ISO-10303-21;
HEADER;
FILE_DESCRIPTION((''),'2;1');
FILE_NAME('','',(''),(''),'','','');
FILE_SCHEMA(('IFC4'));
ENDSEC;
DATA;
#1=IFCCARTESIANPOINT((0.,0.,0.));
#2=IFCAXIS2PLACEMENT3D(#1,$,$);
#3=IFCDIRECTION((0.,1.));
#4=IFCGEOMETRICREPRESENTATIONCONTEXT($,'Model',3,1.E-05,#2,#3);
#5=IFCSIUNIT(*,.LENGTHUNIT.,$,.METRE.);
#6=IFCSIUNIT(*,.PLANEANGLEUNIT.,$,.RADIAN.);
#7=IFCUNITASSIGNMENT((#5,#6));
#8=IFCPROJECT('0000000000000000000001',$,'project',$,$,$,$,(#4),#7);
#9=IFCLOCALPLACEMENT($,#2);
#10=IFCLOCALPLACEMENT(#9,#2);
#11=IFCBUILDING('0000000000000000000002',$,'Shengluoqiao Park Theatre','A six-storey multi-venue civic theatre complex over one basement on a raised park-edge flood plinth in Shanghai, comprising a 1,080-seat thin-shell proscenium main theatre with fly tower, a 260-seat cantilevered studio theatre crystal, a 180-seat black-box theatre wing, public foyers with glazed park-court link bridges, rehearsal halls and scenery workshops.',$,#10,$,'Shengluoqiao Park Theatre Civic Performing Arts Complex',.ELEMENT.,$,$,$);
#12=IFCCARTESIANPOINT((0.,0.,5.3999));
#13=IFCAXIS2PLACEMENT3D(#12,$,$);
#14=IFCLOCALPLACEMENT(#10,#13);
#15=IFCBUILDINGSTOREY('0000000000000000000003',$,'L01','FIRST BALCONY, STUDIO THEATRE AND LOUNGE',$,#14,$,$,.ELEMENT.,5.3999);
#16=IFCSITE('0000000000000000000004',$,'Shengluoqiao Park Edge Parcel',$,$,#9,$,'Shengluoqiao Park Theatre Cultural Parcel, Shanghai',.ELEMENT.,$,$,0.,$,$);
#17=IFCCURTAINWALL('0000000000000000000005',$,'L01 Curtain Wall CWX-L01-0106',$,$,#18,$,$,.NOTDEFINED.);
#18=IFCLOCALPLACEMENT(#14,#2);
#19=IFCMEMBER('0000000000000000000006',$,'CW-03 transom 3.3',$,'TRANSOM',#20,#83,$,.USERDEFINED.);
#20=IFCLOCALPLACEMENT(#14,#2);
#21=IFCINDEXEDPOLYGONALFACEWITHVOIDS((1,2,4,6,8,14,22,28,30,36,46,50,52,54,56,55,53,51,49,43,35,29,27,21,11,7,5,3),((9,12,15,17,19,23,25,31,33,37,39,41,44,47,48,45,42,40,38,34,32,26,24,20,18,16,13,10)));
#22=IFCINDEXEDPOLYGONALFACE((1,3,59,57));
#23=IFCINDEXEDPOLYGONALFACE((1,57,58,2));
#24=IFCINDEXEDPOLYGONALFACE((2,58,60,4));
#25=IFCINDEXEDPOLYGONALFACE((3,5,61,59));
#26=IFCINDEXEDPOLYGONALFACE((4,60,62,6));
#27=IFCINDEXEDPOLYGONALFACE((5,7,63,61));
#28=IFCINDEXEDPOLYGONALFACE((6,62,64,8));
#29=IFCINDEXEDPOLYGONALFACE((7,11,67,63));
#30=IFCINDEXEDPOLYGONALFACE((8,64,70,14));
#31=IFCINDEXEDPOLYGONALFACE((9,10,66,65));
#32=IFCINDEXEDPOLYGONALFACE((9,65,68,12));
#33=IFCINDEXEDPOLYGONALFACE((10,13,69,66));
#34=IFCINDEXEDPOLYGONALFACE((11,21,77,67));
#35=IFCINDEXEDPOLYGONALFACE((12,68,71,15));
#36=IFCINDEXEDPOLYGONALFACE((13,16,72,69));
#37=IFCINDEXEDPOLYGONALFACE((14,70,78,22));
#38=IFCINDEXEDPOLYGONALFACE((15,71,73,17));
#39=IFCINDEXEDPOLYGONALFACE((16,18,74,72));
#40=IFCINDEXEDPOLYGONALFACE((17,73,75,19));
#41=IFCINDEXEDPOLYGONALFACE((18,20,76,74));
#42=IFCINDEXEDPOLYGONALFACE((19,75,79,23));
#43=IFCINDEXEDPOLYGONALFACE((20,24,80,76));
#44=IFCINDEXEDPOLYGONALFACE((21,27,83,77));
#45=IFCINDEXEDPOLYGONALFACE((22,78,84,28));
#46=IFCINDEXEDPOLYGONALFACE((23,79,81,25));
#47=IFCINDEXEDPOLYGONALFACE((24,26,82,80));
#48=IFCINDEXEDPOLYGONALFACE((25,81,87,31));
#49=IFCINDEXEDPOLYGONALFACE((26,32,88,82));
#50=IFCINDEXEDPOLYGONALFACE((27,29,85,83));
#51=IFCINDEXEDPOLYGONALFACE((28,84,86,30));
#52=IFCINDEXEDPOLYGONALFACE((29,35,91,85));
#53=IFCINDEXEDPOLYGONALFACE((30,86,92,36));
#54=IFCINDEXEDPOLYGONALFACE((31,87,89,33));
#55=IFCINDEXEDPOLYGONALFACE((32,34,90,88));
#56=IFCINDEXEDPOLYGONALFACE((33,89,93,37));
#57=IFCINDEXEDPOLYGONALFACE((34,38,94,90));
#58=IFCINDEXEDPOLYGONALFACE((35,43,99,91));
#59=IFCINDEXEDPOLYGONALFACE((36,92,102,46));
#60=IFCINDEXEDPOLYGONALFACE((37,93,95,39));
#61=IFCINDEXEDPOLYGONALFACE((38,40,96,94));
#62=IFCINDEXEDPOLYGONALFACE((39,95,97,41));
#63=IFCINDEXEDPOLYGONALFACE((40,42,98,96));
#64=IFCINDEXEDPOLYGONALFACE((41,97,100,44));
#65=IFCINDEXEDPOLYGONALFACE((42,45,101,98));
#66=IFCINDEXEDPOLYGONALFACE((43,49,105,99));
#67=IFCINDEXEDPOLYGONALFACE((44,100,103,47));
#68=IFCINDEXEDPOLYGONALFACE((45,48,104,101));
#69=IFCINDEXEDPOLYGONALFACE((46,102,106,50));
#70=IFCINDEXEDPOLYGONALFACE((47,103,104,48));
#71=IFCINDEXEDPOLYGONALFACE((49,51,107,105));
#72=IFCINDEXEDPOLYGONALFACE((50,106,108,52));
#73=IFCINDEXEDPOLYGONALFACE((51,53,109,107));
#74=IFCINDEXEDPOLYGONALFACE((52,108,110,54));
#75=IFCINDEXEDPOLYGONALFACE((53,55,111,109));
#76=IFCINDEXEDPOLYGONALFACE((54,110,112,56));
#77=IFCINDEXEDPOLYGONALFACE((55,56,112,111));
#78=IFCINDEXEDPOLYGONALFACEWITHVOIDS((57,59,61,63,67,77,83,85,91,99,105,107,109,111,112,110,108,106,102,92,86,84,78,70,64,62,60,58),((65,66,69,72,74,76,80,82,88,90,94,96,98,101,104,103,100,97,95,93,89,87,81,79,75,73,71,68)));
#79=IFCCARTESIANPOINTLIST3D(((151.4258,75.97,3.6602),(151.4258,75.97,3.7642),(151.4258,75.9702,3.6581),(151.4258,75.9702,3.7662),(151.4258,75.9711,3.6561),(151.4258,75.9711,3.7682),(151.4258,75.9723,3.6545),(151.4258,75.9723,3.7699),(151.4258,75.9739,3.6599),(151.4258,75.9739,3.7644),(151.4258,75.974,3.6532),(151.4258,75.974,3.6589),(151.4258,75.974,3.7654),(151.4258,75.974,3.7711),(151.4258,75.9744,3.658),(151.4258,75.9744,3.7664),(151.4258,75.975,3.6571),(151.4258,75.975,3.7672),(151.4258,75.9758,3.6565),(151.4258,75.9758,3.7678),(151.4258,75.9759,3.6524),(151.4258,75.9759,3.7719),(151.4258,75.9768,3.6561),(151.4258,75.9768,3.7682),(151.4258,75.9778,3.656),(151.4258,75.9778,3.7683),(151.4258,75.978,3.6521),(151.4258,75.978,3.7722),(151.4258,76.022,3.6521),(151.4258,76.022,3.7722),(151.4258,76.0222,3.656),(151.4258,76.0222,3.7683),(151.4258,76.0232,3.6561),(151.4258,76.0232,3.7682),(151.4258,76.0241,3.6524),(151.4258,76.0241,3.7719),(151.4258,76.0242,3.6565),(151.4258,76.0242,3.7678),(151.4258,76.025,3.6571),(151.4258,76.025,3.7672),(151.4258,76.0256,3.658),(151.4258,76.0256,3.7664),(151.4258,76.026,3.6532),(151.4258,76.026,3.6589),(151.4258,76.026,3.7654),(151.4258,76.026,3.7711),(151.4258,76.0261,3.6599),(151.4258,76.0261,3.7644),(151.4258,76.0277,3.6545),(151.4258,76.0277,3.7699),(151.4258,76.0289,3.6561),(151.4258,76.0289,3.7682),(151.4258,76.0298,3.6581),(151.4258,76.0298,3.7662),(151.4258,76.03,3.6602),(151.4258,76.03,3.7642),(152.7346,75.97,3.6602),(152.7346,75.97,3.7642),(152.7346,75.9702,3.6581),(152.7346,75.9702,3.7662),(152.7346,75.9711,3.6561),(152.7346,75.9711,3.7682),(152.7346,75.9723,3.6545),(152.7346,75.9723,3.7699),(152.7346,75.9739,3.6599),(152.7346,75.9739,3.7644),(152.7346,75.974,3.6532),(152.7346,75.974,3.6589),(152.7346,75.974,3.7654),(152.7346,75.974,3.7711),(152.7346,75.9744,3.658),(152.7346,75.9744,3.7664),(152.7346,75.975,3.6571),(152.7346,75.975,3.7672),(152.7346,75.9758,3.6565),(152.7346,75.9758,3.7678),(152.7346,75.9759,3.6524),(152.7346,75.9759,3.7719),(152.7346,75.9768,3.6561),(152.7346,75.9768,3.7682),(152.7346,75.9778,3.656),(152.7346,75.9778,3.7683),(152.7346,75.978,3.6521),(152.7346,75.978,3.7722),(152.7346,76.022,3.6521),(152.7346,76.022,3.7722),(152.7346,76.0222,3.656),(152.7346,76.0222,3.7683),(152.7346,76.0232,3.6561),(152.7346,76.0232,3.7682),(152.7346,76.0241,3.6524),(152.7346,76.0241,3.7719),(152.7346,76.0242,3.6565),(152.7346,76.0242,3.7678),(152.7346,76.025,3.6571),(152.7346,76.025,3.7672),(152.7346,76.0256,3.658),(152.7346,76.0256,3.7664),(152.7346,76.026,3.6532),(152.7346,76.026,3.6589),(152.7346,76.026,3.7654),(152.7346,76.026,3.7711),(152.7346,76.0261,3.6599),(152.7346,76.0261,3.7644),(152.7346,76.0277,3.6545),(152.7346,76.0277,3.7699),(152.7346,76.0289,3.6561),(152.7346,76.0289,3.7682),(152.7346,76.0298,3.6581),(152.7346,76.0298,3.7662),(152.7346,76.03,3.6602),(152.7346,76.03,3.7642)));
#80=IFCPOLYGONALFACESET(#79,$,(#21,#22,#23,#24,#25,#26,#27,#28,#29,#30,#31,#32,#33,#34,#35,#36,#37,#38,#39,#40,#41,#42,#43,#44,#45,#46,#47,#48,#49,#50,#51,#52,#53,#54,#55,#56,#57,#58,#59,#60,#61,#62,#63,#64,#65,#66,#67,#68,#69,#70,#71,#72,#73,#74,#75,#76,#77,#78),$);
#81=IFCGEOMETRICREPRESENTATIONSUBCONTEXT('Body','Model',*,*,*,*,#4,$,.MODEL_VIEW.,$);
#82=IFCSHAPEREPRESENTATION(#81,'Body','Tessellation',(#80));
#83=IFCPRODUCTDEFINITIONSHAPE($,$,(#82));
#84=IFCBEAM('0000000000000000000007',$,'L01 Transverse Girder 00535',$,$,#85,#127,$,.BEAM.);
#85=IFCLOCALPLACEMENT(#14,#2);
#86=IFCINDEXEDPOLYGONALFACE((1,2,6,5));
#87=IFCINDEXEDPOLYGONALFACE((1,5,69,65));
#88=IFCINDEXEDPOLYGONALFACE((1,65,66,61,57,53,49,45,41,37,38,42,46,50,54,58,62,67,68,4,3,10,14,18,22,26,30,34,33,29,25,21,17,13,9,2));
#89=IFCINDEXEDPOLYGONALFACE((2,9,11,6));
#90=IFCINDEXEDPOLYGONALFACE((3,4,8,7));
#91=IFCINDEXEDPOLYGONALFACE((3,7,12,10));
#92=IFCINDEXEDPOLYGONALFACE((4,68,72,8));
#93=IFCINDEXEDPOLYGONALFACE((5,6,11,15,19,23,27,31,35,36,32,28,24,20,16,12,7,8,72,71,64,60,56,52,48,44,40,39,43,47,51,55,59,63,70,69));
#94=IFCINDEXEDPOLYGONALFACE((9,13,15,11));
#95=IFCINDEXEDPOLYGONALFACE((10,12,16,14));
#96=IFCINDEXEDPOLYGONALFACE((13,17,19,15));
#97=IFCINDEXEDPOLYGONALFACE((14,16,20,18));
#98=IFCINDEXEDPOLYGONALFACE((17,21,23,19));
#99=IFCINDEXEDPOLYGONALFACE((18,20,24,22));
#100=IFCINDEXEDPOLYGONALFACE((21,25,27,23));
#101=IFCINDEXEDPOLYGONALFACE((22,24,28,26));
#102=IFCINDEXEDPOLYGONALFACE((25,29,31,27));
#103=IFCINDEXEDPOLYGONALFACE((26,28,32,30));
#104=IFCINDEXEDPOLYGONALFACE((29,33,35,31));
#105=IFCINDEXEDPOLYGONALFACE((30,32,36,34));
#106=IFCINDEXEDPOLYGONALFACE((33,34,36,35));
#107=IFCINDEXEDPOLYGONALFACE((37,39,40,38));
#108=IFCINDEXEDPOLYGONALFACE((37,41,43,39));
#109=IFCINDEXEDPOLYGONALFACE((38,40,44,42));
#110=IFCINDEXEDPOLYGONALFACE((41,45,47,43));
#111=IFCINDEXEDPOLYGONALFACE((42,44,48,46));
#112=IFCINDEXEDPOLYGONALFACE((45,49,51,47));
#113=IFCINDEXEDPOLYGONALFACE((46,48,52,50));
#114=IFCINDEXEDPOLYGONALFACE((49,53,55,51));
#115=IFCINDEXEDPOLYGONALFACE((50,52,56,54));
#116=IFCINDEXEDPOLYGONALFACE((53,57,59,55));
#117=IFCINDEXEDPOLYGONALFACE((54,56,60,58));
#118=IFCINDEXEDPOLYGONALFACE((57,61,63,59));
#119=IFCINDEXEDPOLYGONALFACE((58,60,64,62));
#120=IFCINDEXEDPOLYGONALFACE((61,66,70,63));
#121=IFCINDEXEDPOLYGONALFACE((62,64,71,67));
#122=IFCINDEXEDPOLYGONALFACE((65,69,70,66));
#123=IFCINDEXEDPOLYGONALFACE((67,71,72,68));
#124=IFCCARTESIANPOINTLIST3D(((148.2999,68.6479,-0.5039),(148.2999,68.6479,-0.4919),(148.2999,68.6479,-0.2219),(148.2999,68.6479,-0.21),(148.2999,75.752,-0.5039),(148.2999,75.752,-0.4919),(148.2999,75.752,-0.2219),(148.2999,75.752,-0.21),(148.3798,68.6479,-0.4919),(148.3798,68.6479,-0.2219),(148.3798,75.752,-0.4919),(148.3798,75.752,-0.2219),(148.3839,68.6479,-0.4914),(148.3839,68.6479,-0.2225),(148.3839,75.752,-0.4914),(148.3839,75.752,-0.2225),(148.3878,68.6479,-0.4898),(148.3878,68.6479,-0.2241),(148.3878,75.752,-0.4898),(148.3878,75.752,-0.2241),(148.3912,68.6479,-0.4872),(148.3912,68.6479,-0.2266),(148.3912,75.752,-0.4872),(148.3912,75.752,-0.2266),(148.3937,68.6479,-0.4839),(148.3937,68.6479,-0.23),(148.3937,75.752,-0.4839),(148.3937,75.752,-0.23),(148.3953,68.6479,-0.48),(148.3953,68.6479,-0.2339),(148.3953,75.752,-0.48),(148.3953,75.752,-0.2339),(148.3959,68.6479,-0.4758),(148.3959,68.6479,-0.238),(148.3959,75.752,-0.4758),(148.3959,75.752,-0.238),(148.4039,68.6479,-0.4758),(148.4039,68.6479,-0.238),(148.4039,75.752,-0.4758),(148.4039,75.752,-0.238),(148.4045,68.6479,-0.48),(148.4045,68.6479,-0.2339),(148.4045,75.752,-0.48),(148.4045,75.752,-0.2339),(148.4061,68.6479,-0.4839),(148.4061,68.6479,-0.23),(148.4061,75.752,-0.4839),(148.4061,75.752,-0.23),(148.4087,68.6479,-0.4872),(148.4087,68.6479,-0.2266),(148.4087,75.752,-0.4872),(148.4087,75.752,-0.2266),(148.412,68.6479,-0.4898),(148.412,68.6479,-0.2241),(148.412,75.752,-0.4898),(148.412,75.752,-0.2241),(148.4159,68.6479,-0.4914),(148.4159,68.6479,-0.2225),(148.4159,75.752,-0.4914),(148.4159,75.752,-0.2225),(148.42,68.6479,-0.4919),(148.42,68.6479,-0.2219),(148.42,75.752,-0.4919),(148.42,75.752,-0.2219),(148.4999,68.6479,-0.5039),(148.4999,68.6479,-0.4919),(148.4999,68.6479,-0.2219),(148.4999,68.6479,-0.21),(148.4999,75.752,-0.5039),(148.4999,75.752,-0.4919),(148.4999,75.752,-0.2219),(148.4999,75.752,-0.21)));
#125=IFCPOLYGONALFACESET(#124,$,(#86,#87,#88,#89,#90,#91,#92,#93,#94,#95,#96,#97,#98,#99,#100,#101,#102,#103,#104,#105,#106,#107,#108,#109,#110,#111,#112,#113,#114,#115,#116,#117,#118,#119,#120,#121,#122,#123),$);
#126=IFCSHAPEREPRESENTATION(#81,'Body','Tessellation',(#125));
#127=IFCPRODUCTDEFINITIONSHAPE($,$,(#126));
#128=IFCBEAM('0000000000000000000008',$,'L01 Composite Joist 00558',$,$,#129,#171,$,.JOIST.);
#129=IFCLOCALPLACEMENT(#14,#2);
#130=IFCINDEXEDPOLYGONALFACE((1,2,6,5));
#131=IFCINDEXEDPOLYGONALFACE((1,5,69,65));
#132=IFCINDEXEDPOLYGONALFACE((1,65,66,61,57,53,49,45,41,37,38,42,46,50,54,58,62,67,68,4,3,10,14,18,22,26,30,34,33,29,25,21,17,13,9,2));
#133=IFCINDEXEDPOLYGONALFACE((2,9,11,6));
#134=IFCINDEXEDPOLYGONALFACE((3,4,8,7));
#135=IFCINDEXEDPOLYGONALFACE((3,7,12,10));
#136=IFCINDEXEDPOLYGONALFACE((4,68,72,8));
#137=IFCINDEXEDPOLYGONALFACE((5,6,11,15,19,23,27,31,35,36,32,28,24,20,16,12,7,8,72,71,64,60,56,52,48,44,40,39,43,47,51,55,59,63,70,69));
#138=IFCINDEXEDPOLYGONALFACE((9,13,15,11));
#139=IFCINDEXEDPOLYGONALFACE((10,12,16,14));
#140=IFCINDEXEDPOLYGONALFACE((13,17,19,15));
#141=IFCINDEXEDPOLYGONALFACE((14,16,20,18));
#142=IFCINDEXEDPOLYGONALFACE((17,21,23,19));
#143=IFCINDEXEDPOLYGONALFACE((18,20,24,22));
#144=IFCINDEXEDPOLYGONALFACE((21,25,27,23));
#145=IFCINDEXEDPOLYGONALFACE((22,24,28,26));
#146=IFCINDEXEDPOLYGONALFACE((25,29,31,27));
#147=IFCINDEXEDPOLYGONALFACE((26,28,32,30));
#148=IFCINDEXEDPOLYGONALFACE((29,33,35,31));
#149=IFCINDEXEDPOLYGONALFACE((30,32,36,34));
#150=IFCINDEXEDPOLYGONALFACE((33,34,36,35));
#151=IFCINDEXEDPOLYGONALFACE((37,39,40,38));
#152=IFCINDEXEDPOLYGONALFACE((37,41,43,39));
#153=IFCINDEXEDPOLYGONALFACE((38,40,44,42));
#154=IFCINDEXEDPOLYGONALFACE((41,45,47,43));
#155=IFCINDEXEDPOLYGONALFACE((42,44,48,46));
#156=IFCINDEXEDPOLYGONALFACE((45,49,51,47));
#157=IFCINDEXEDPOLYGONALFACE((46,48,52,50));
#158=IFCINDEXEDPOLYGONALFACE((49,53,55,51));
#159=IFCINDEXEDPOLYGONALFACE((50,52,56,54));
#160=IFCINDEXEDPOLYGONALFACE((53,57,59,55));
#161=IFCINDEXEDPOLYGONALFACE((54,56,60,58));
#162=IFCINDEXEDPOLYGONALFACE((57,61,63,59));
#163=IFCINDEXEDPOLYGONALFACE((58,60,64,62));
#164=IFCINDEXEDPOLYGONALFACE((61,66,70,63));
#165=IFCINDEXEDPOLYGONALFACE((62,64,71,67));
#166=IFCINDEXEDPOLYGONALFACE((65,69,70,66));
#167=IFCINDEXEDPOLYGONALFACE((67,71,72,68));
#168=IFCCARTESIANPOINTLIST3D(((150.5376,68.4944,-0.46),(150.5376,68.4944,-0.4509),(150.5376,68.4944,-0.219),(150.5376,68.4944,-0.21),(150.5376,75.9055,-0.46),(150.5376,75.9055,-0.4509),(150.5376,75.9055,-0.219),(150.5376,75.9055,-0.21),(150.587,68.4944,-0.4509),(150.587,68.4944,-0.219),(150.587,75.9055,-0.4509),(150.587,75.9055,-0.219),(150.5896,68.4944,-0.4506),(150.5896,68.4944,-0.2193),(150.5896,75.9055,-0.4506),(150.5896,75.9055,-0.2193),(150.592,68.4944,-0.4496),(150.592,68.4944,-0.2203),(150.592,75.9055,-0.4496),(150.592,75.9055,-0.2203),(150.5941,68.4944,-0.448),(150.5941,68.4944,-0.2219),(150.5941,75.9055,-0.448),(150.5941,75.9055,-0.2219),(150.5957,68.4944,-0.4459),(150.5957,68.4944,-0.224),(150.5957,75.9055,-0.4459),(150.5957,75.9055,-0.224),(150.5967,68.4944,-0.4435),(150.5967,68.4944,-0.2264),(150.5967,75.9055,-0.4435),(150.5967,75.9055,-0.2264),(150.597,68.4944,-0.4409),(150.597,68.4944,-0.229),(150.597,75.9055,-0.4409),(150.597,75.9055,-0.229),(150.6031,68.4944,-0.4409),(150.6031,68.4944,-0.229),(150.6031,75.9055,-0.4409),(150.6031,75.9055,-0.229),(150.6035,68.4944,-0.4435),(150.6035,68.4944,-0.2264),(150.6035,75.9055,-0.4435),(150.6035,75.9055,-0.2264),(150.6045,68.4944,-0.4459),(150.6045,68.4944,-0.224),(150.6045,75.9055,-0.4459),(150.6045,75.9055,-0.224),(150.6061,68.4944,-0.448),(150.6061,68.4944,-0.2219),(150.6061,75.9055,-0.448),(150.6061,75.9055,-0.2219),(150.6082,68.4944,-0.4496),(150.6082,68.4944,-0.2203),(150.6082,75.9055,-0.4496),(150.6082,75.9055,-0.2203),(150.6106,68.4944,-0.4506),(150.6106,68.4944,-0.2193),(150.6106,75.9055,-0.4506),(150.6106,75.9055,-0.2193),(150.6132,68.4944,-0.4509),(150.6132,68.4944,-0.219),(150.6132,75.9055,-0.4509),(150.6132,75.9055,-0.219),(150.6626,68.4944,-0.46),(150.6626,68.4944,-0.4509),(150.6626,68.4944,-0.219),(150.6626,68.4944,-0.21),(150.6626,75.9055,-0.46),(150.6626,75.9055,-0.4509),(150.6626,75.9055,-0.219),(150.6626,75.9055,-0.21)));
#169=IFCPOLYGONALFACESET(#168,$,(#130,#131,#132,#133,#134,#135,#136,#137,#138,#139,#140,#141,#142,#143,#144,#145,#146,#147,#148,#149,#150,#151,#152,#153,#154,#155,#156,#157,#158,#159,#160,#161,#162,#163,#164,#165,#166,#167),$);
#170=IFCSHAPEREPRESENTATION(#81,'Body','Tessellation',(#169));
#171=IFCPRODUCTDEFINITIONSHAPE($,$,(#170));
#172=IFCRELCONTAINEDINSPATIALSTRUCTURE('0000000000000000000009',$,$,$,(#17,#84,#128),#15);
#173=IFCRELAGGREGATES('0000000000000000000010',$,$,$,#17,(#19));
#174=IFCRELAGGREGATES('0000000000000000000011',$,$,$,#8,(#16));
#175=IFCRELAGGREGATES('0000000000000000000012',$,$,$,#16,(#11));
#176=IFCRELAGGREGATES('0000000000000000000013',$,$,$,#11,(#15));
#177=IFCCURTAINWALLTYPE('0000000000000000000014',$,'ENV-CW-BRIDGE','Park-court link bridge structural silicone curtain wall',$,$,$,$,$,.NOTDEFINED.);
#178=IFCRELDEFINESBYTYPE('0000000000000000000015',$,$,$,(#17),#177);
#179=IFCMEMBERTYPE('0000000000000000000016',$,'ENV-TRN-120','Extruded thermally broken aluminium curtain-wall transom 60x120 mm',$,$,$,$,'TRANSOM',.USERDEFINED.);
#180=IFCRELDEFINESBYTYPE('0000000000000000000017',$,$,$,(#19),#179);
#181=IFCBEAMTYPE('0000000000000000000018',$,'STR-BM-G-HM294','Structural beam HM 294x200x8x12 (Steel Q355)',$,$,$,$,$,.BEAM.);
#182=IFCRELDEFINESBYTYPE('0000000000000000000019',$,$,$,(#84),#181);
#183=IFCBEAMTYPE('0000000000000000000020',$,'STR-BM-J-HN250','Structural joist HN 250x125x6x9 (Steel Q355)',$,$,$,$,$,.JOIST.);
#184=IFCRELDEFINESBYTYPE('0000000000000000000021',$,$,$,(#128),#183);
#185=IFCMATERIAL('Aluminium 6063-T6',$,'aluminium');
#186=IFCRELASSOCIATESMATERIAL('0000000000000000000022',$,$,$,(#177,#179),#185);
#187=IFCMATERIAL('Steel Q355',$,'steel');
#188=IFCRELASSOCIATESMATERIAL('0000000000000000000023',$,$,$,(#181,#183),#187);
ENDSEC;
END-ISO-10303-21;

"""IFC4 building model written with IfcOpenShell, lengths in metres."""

from ifc_helpers import new_model, si_unit, direction, frame, origin, origin_2d, place, context, subcontext, project, spatial, hollow_rectangle, i_section, extrude, material, material_profile, profile_set, type_object, element, aggregate, save


model = new_model("IFC4")

# Units and contexts
model_context = context("Model", 3, precision=1e-05, world=origin(), true_north=direction((0.0, 1.0)))
body_context = subcontext(model_context, "Body", "Model", "MODEL_VIEW")
ifc_project = project(units=[si_unit("LENGTHUNIT", "METRE"), si_unit("PLANEANGLEUNIT", "RADIAN")], contexts=[model_context])

# Site, building, storey
site_placement = place(None, origin())
site = spatial("IfcSite", under=ifc_project, at=site_placement, Name="Shengluoqiao Park Edge Parcel", LongName="Shengluoqiao Park Theatre Cultural Parcel, Shanghai", CompositionType="ELEMENT", RefElevation=0.0)
building_placement = place(site_placement, origin())
building = spatial("IfcBuilding", under=site, at=building_placement, Name="Shengluoqiao Park Theatre", Description="A six-storey multi-venue civic theatre complex over one basement on a raised park-edge flood plinth in Shanghai, comprising a 1,080-seat thin-shell proscenium main theatre with fly tower, a 260-seat cantilevered studio theatre crystal, a 180-seat black-box theatre wing, public foyers with glazed park-court link bridges, rehearsal halls and scenery workshops.", LongName="Shengluoqiao Park Theatre Civic Performing Arts Complex", CompositionType="ELEMENT")
storey_placement = place(building_placement, frame((0.0, 0.0, 5.3999)))
storey = spatial("IfcBuildingStorey", under=building, at=storey_placement, Name="L01", Description="FIRST BALCONY, STUDIO THEATRE AND LOUNGE", CompositionType="ELEMENT", Elevation=5.3999)

# Curtain wall
ifc_material_1 = material(Name="Aluminium 6063-T6", Category="aluminium")
curtain_wall_type = type_object("IfcCurtainWallType", Name="ENV-CW-BRIDGE", Description="Park-court link bridge structural silicone curtain wall", PredefinedType="NOTDEFINED", material=ifc_material_1)
curtain_wall_1_placement = place(storey_placement, origin())
curtain_wall_1 = element("IfcCurtainWall", 1, at=curtain_wall_1_placement, inside=storey, type_object=curtain_wall_type, Name="L01 Curtain Wall CWX-L01-0106", PredefinedType="NOTDEFINED")

# Member
ifc_material_profile_1 = material_profile(ifc_material_1, hollow_rectangle(XDim=0.0601, YDim=0.1201, WallThickness=0.0039, InnerFilletRadius=0.0039, OuterFilletRadius=0.0081, at=origin_2d()), Name="ALU TRANSOM 120x60x4")
ifc_profile_set_1 = profile_set([ifc_material_profile_1], Name="Aluminium 6063-T6")
member_type_1 = type_object("IfcMemberType", Name="ENV-TRN-120", Description="Extruded thermally broken aluminium curtain-wall transom 60x120 mm", ElementType="TRANSOM", PredefinedType="USERDEFINED", material=ifc_profile_set_1)
member_1_placement = place(storey_placement, frame((151.4258, 76.0, 3.7122), z_axis=(1.0, 0.0, 0.0), x_axis=(0.0, 1.0, 0.0)))
member_1 = element("IfcMember", 2, at=member_1_placement, type_object=member_type_1, Name="CW-03 transom 3.3", ObjectType="TRANSOM", PredefinedType="USERDEFINED", context=body_context, shape_type="SweptSolid", body=[
    extrude(hollow_rectangle(XDim=0.0601, YDim=0.1201, WallThickness=0.0039, InnerFilletRadius=0.0039, OuterFilletRadius=0.0081, at=origin_2d()), origin(), (0.0, 0.0, 1.0), 1.3088),
])

# Beams
ifc_material_2 = material(Name="Steel Q355", Category="steel")
ifc_material_profile_2 = material_profile(ifc_material_2, i_section(OverallWidth=0.2, OverallDepth=0.2939, WebThickness=0.0081, FlangeThickness=0.012, FilletRadius=0.0161, at=origin_2d()), Name="HM 294x200x8x12")
ifc_profile_set_2 = profile_set([ifc_material_profile_2], Name="Steel Q355")
beam_type_1 = type_object("IfcBeamType", Name="STR-BM-G-HM294", Description="Structural beam HM 294x200x8x12 (Steel Q355)", PredefinedType="BEAM", material=ifc_profile_set_2)
beam_1_placement = place(storey_placement, frame((148.3999, 68.6479, -0.3569), z_axis=(0.0, 1.0, 0.0), x_axis=(-1.0, 0.0, 0.0)))
element("IfcBeam", 3, at=beam_1_placement, inside=storey, type_object=beam_type_1, Name="L01 Transverse Girder 00535", PredefinedType="BEAM", context=body_context, shape_type="SweptSolid", body=[
    extrude(i_section(OverallWidth=0.2, OverallDepth=0.2939, WebThickness=0.0081, FlangeThickness=0.012, FilletRadius=0.0161, at=origin_2d()), origin(), (0.0, 0.0, 1.0), 7.104),
])
ifc_material_profile_3 = material_profile(ifc_material_2, i_section(OverallWidth=0.125, OverallDepth=0.25, WebThickness=0.0061, FlangeThickness=0.009, FilletRadius=0.01, at=origin_2d()), Name="HN 250x125x6x9")
ifc_profile_set_3 = profile_set([ifc_material_profile_3], Name="Steel Q355")
beam_type_2 = type_object("IfcBeamType", Name="STR-BM-J-HN250", Description="Structural joist HN 250x125x6x9 (Steel Q355)", PredefinedType="JOIST", material=ifc_profile_set_3)
beam_2_placement = place(storey_placement, frame((150.6001, 68.4944, -0.335), z_axis=(0.0, 1.0, 0.0), x_axis=(-1.0, 0.0, 0.0)))
element("IfcBeam", 4, at=beam_2_placement, inside=storey, type_object=beam_type_2, Name="L01 Composite Joist 00558", PredefinedType="JOIST", context=body_context, shape_type="SweptSolid", body=[
    extrude(i_section(OverallWidth=0.125, OverallDepth=0.25, WebThickness=0.0061, FlangeThickness=0.009, FilletRadius=0.01, at=origin_2d()), origin(), (0.0, 0.0, 1.0), 7.4111),
])

aggregate(curtain_wall_1, [member_1])

save(model, "model.ifc")
